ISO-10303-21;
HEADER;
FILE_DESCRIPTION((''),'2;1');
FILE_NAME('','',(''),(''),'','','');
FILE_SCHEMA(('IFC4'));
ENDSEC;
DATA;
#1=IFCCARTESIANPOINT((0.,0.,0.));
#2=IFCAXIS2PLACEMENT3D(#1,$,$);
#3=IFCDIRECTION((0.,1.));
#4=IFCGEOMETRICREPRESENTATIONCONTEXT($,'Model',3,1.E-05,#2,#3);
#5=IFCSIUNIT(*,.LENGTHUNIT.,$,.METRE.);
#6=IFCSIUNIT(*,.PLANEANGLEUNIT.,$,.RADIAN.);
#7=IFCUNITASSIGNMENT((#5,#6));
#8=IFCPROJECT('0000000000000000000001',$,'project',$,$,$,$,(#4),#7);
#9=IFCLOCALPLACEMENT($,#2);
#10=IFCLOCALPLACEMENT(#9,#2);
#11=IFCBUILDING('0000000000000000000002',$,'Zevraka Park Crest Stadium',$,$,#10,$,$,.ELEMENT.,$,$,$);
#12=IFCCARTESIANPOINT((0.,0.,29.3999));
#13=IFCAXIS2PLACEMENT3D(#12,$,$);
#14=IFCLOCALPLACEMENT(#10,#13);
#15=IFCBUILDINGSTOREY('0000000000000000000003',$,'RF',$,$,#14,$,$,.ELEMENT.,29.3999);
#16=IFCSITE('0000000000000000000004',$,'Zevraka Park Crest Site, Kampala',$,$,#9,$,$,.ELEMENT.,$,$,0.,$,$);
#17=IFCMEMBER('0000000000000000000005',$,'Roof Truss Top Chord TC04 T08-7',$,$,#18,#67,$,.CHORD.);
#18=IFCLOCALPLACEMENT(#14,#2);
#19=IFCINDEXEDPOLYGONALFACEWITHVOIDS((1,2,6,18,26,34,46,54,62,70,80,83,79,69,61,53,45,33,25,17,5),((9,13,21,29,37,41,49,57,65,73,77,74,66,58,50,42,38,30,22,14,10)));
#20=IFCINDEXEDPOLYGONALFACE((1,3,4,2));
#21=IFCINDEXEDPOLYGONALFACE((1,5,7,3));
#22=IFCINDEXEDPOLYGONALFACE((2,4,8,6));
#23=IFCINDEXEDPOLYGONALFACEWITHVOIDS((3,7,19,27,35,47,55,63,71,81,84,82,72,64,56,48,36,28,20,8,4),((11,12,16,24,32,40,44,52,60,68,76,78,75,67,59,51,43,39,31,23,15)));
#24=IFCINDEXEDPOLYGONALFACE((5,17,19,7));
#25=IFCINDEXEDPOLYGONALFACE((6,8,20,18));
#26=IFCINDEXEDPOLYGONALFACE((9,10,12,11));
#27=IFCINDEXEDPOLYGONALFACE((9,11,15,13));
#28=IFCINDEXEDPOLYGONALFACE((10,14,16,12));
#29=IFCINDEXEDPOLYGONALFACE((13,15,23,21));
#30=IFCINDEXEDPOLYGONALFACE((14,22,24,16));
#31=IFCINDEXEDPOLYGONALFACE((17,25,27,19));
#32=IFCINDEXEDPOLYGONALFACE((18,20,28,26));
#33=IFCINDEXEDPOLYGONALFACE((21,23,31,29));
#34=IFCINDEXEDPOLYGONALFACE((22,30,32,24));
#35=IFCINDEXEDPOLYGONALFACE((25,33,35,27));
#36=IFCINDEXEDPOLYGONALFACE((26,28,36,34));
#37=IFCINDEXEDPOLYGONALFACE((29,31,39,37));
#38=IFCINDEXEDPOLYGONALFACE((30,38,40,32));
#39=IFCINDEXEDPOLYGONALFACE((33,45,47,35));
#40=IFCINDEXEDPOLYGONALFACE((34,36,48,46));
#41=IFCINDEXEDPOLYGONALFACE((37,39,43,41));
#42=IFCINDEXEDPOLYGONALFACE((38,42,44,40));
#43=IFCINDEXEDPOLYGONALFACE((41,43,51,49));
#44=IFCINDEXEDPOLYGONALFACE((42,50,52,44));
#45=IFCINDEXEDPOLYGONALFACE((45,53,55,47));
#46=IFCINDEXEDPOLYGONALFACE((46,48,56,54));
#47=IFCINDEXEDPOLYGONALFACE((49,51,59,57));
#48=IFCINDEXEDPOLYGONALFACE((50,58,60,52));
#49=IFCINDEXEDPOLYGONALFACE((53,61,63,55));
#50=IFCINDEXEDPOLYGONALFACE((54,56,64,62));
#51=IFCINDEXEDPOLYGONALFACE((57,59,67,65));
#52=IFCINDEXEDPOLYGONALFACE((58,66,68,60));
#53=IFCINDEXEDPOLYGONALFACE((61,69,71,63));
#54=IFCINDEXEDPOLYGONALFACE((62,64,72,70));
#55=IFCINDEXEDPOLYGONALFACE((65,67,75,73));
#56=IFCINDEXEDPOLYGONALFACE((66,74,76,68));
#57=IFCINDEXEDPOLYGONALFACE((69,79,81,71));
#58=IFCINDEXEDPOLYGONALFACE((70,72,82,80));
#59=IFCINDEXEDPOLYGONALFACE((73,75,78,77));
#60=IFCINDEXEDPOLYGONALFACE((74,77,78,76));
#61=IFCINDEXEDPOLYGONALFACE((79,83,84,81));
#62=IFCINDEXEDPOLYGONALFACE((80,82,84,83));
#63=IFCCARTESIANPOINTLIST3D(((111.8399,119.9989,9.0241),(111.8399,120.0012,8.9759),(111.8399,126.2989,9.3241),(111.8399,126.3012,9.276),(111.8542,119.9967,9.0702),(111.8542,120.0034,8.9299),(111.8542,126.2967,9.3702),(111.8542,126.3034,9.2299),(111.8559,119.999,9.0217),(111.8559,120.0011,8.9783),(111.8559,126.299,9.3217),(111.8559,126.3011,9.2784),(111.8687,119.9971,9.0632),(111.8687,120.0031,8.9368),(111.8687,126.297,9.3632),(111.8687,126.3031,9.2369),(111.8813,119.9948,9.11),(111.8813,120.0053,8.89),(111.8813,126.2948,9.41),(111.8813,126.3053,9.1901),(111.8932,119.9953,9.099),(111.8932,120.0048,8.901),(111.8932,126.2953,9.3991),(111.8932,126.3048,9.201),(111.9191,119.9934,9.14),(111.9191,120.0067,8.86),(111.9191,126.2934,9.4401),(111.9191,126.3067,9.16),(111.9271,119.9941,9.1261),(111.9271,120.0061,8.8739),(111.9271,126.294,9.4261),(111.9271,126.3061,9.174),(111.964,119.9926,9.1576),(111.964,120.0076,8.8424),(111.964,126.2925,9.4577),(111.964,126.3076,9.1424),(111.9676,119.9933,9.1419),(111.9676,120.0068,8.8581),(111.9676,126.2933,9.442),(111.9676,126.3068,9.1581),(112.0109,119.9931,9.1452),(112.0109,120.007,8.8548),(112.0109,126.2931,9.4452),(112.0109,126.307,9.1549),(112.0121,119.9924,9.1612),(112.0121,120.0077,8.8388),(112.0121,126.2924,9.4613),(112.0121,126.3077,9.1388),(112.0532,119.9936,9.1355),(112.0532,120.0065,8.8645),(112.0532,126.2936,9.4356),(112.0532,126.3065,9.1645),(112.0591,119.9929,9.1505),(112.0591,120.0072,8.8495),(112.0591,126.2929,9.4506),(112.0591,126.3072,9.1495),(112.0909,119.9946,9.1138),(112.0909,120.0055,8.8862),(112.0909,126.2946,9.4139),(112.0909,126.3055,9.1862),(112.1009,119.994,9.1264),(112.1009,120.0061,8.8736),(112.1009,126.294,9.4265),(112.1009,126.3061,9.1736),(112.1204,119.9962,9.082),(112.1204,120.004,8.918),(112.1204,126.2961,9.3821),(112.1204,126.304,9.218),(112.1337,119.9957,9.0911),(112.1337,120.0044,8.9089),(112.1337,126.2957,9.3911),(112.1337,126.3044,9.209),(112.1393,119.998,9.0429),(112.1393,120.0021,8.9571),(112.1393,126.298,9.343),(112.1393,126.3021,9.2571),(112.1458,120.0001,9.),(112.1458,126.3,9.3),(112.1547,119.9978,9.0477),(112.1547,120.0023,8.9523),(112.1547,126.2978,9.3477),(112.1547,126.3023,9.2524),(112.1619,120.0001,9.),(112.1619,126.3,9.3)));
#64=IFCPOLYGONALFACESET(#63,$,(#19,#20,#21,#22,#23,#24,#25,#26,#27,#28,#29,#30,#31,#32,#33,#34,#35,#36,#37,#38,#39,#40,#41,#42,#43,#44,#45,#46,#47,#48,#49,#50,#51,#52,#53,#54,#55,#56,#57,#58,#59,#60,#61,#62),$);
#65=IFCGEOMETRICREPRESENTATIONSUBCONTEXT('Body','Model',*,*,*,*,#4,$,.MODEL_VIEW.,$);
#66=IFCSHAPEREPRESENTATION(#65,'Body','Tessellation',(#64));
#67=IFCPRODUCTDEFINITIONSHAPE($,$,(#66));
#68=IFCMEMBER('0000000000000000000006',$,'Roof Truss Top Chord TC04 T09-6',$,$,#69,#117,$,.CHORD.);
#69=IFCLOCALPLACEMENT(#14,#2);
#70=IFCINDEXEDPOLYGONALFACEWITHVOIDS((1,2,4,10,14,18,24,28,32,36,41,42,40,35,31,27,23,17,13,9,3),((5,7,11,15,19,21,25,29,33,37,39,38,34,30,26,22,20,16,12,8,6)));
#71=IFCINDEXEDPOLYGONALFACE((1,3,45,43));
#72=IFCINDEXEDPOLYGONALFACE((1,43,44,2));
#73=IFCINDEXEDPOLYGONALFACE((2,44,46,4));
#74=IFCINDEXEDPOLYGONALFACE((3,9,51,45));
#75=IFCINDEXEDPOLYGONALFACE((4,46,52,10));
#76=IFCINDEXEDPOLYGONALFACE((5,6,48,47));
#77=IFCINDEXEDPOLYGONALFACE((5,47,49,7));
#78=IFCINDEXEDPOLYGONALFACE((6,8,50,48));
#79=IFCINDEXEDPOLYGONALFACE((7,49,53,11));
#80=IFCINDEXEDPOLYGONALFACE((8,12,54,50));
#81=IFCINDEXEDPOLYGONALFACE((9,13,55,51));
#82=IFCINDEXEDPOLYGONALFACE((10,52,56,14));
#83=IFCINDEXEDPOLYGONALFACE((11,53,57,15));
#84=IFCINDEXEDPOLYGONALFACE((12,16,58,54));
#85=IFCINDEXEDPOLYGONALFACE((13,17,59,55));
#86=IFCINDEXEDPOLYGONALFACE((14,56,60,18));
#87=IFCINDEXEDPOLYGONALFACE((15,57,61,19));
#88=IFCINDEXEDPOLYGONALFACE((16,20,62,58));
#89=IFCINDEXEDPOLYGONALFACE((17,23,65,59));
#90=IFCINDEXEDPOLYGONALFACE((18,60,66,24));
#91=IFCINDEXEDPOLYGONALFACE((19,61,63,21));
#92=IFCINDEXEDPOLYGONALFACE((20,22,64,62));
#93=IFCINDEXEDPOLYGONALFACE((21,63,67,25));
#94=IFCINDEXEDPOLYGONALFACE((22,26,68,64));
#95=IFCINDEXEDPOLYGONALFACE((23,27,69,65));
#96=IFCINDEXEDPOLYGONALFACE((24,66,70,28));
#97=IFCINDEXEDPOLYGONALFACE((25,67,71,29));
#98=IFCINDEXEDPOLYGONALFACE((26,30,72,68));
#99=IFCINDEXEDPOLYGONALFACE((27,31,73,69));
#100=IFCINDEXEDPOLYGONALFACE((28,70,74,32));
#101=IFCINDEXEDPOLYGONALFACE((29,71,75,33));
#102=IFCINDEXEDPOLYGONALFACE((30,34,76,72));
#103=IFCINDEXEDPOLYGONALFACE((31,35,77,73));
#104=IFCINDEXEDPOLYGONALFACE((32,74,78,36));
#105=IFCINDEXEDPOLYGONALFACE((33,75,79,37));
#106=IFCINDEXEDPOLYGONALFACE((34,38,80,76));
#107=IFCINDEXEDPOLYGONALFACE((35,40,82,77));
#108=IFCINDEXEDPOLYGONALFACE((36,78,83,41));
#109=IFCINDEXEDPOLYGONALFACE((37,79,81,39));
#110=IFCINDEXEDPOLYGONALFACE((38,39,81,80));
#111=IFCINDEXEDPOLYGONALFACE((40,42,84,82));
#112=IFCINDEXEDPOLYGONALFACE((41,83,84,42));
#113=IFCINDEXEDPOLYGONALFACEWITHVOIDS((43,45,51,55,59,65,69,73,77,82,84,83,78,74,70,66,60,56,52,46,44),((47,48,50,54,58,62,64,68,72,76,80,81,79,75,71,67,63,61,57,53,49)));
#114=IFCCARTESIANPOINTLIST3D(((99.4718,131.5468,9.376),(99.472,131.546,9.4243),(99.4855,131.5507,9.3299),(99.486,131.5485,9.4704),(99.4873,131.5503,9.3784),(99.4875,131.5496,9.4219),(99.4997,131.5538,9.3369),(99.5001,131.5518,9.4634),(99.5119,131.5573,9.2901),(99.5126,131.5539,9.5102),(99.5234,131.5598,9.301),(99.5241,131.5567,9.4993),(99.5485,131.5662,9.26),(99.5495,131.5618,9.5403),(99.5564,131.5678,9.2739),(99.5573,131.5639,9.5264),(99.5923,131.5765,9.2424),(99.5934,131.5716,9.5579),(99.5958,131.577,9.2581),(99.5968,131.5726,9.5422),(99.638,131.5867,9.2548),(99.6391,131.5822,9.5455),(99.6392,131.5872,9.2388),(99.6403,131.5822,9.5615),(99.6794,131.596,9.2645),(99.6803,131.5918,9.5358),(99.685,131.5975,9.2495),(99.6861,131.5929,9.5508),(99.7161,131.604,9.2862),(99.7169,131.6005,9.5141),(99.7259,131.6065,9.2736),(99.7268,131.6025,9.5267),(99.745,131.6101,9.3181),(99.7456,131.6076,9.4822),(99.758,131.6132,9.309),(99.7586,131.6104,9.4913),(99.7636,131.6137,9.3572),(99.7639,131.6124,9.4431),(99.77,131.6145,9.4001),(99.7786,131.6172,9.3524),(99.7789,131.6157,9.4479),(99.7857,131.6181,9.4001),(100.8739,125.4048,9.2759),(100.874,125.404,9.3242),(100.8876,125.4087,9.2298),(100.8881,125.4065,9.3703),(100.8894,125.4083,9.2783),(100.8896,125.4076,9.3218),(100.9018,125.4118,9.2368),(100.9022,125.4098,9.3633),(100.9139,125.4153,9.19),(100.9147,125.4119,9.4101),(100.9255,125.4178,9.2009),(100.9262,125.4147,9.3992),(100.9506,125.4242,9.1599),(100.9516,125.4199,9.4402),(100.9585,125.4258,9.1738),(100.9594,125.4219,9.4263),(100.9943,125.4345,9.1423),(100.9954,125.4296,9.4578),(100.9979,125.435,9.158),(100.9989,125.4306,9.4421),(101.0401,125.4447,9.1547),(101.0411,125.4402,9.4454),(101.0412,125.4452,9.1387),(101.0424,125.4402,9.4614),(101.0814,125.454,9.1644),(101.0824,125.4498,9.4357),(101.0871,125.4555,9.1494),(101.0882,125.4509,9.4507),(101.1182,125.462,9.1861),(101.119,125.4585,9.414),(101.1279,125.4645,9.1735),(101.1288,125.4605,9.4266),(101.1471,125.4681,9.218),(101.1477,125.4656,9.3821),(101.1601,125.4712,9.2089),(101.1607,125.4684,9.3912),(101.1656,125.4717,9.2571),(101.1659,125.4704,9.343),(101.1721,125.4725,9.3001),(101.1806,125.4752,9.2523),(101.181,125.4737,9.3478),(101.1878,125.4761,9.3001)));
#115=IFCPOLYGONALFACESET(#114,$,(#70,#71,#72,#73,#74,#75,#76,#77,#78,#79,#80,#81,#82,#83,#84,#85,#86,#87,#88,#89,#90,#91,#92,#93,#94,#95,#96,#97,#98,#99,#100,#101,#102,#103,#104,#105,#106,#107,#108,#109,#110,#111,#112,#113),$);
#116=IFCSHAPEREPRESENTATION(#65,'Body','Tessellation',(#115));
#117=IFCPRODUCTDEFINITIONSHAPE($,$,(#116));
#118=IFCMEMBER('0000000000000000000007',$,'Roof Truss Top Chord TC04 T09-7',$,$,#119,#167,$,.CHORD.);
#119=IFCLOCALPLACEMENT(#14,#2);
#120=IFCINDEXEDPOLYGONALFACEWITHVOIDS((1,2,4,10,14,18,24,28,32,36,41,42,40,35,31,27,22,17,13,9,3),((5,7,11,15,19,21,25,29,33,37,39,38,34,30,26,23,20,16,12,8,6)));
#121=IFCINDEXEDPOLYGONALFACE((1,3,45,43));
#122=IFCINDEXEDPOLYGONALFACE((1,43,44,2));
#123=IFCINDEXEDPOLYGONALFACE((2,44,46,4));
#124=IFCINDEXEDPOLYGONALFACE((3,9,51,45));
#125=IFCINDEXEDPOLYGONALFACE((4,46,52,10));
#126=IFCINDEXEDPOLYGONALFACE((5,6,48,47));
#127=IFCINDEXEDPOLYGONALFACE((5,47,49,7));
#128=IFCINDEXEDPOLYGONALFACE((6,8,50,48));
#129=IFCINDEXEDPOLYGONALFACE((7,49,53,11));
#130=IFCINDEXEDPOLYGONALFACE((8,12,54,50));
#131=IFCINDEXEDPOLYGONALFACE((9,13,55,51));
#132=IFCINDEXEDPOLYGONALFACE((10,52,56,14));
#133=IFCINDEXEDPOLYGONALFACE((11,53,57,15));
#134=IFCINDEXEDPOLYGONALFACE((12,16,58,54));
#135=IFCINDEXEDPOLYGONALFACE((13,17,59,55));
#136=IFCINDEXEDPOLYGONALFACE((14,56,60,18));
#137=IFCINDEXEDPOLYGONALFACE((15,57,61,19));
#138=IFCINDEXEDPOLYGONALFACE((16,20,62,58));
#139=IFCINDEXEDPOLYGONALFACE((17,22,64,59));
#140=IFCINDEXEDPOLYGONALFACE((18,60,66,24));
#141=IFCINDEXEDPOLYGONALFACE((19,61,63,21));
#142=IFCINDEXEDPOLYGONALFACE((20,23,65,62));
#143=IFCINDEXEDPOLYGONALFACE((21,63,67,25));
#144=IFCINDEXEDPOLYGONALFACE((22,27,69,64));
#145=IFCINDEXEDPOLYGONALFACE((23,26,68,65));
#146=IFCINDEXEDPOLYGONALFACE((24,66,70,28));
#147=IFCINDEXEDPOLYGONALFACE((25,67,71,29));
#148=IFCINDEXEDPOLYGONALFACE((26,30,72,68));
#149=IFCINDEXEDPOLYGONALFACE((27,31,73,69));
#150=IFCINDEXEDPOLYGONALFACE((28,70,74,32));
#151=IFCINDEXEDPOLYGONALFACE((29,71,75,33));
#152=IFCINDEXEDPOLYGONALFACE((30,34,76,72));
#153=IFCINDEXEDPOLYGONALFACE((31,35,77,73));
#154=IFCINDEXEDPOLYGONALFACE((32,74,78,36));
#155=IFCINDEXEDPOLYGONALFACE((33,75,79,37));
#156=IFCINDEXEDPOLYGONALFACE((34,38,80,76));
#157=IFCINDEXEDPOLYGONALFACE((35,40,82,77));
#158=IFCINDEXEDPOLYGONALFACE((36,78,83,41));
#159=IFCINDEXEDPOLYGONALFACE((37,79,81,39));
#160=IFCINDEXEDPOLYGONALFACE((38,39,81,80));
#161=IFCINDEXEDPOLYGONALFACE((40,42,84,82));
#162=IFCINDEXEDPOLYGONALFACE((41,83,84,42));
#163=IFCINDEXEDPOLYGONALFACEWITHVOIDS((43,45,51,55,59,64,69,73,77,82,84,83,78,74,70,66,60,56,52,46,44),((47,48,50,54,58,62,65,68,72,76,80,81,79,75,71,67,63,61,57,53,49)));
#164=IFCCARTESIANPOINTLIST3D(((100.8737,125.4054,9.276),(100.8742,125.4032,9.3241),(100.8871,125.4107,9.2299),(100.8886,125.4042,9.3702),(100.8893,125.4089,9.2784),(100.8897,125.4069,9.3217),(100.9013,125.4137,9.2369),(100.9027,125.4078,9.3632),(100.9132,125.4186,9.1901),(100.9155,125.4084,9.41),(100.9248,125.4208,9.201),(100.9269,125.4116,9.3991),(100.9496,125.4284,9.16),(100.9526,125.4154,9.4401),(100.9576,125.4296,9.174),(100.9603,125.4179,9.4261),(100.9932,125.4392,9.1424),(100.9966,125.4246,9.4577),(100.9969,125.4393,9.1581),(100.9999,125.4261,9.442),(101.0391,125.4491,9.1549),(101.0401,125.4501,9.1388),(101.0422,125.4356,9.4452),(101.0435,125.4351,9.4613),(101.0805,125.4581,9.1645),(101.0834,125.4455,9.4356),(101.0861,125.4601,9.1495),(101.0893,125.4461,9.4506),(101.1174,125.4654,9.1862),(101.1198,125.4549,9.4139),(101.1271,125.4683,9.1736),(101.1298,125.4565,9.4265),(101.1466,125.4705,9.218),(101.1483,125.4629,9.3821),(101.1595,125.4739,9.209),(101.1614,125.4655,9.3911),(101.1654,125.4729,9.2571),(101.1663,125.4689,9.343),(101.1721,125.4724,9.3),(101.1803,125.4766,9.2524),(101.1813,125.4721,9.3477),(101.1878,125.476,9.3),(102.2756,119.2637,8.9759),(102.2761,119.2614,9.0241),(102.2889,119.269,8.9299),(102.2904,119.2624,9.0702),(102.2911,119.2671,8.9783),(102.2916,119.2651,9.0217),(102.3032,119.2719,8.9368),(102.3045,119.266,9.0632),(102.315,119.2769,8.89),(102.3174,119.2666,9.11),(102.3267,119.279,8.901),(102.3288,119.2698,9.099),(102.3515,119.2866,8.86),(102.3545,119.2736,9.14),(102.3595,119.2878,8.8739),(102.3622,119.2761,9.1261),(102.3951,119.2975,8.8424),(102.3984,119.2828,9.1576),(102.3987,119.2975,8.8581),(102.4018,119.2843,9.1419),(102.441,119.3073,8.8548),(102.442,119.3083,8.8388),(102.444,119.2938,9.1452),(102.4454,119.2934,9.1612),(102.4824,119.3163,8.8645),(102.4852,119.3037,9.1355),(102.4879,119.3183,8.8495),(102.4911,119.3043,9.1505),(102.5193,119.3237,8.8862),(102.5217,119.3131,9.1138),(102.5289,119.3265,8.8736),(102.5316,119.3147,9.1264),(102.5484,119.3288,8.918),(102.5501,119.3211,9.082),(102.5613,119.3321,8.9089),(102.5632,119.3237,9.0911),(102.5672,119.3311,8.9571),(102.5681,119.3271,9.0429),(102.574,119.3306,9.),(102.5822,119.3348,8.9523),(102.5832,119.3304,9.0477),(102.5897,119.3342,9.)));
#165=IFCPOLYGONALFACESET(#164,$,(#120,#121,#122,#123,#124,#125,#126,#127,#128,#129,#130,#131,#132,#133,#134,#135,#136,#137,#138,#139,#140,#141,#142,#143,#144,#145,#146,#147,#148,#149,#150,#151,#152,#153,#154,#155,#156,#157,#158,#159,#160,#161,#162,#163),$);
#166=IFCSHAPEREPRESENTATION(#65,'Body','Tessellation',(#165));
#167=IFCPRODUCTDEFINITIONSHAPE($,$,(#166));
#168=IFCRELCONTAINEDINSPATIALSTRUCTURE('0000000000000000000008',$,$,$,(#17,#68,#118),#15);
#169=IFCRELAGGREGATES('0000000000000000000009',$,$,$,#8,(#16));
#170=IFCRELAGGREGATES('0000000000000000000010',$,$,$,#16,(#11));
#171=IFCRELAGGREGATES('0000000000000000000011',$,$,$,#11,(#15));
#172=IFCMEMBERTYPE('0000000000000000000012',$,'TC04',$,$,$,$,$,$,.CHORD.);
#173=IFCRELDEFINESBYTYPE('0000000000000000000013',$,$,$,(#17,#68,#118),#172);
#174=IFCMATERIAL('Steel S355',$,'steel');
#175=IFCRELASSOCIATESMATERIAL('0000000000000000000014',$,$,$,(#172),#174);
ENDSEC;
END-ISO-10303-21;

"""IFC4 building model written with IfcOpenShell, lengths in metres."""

from ifc_helpers import new_model, si_unit, direction, frame, origin, origin_2d, place, context, subcontext, project, spatial, hollow_circle, extrude, material, material_profile, profile_set, type_object, element, save


model = new_model("IFC4")

# Units and contexts
model_context = context("Model", 3, precision=1e-05, world=origin(), true_north=direction((0.0, 1.0)))
body_context = subcontext(model_context, "Body", "Model", "MODEL_VIEW")
ifc_project = project(units=[si_unit("LENGTHUNIT", "METRE"), si_unit("PLANEANGLEUNIT", "RADIAN")], contexts=[model_context])

# Site, building, storey
site_placement = place(None, origin())
site = spatial("IfcSite", under=ifc_project, at=site_placement, Name="Zevraka Park Crest Site, Kampala", CompositionType="ELEMENT", RefElevation=0.0)
building_placement = place(site_placement, origin())
building = spatial("IfcBuilding", under=site, at=building_placement, Name="Zevraka Park Crest Stadium", CompositionType="ELEMENT")
storey_placement = place(building_placement, frame((0.0, 0.0, 29.3999)))
storey = spatial("IfcBuildingStorey", under=building, at=storey_placement, Name="RF", CompositionType="ELEMENT", Elevation=29.3999)

# Members
ifc_material_1 = material(Name="Steel S355", Category="steel")
ifc_material_profile_1 = material_profile(ifc_material_1, hollow_circle(Radius=0.1619, WallThickness=0.0161, at=origin_2d()), Name="CHS 323.9x16")
ifc_profile_set_1 = profile_set([ifc_material_profile_1], Name="Steel S355")
member_type_1 = type_object("IfcMemberType", Name="TC04", PredefinedType="CHORD", material=ifc_profile_set_1)
member_1_placement = place(storey_placement, frame((112.0, 126.3, 9.3), z_axis=(0.0, -0.998868, -0.047573), x_axis=(1.0, 0.0, 0.0)))
element("IfcMember", 1, at=member_1_placement, inside=storey, type_object=member_type_1, Name="Roof Truss Top Chord TC04 T08-7", PredefinedType="CHORD", context=body_context, shape_type="SweptSolid", body=[
    extrude(hollow_circle(Radius=0.1619, WallThickness=0.0161, at=origin_2d()), origin(), (0.0, 0.0, 1.0), 6.3071),
])
member_2_placement = place(storey_placement, frame((99.6279, 131.582, 9.4001), z_axis=(0.222524, -0.974798, -0.015886), x_axis=(0.974921, 0.222552, 0.0)))
element("IfcMember", 2, at=member_2_placement, inside=storey, type_object=member_type_1, Name="Roof Truss Top Chord TC04 T09-6", PredefinedType="CHORD", context=body_context, shape_type="SweptSolid", body=[
    extrude(hollow_circle(Radius=0.1619, WallThickness=0.0161, at=origin_2d()), origin(), (0.0, 0.0, 1.0), 6.3008),
])
member_3_placement = place(storey_placement, frame((101.03, 125.4399, 9.3), z_axis=(0.222272, -0.973823, -0.047574), x_axis=(0.974927, 0.222524, 0.0)))
element("IfcMember", 3, at=member_3_placement, inside=storey, type_object=member_type_1, Name="Roof Truss Top Chord TC04 T09-7", PredefinedType="CHORD", context=body_context, shape_type="SweptSolid", body=[
    extrude(hollow_circle(Radius=0.1619, WallThickness=0.0161, at=origin_2d()), origin(), (0.0, 0.0, 1.0), 6.3069),
])

save(model, "model.ifc")
